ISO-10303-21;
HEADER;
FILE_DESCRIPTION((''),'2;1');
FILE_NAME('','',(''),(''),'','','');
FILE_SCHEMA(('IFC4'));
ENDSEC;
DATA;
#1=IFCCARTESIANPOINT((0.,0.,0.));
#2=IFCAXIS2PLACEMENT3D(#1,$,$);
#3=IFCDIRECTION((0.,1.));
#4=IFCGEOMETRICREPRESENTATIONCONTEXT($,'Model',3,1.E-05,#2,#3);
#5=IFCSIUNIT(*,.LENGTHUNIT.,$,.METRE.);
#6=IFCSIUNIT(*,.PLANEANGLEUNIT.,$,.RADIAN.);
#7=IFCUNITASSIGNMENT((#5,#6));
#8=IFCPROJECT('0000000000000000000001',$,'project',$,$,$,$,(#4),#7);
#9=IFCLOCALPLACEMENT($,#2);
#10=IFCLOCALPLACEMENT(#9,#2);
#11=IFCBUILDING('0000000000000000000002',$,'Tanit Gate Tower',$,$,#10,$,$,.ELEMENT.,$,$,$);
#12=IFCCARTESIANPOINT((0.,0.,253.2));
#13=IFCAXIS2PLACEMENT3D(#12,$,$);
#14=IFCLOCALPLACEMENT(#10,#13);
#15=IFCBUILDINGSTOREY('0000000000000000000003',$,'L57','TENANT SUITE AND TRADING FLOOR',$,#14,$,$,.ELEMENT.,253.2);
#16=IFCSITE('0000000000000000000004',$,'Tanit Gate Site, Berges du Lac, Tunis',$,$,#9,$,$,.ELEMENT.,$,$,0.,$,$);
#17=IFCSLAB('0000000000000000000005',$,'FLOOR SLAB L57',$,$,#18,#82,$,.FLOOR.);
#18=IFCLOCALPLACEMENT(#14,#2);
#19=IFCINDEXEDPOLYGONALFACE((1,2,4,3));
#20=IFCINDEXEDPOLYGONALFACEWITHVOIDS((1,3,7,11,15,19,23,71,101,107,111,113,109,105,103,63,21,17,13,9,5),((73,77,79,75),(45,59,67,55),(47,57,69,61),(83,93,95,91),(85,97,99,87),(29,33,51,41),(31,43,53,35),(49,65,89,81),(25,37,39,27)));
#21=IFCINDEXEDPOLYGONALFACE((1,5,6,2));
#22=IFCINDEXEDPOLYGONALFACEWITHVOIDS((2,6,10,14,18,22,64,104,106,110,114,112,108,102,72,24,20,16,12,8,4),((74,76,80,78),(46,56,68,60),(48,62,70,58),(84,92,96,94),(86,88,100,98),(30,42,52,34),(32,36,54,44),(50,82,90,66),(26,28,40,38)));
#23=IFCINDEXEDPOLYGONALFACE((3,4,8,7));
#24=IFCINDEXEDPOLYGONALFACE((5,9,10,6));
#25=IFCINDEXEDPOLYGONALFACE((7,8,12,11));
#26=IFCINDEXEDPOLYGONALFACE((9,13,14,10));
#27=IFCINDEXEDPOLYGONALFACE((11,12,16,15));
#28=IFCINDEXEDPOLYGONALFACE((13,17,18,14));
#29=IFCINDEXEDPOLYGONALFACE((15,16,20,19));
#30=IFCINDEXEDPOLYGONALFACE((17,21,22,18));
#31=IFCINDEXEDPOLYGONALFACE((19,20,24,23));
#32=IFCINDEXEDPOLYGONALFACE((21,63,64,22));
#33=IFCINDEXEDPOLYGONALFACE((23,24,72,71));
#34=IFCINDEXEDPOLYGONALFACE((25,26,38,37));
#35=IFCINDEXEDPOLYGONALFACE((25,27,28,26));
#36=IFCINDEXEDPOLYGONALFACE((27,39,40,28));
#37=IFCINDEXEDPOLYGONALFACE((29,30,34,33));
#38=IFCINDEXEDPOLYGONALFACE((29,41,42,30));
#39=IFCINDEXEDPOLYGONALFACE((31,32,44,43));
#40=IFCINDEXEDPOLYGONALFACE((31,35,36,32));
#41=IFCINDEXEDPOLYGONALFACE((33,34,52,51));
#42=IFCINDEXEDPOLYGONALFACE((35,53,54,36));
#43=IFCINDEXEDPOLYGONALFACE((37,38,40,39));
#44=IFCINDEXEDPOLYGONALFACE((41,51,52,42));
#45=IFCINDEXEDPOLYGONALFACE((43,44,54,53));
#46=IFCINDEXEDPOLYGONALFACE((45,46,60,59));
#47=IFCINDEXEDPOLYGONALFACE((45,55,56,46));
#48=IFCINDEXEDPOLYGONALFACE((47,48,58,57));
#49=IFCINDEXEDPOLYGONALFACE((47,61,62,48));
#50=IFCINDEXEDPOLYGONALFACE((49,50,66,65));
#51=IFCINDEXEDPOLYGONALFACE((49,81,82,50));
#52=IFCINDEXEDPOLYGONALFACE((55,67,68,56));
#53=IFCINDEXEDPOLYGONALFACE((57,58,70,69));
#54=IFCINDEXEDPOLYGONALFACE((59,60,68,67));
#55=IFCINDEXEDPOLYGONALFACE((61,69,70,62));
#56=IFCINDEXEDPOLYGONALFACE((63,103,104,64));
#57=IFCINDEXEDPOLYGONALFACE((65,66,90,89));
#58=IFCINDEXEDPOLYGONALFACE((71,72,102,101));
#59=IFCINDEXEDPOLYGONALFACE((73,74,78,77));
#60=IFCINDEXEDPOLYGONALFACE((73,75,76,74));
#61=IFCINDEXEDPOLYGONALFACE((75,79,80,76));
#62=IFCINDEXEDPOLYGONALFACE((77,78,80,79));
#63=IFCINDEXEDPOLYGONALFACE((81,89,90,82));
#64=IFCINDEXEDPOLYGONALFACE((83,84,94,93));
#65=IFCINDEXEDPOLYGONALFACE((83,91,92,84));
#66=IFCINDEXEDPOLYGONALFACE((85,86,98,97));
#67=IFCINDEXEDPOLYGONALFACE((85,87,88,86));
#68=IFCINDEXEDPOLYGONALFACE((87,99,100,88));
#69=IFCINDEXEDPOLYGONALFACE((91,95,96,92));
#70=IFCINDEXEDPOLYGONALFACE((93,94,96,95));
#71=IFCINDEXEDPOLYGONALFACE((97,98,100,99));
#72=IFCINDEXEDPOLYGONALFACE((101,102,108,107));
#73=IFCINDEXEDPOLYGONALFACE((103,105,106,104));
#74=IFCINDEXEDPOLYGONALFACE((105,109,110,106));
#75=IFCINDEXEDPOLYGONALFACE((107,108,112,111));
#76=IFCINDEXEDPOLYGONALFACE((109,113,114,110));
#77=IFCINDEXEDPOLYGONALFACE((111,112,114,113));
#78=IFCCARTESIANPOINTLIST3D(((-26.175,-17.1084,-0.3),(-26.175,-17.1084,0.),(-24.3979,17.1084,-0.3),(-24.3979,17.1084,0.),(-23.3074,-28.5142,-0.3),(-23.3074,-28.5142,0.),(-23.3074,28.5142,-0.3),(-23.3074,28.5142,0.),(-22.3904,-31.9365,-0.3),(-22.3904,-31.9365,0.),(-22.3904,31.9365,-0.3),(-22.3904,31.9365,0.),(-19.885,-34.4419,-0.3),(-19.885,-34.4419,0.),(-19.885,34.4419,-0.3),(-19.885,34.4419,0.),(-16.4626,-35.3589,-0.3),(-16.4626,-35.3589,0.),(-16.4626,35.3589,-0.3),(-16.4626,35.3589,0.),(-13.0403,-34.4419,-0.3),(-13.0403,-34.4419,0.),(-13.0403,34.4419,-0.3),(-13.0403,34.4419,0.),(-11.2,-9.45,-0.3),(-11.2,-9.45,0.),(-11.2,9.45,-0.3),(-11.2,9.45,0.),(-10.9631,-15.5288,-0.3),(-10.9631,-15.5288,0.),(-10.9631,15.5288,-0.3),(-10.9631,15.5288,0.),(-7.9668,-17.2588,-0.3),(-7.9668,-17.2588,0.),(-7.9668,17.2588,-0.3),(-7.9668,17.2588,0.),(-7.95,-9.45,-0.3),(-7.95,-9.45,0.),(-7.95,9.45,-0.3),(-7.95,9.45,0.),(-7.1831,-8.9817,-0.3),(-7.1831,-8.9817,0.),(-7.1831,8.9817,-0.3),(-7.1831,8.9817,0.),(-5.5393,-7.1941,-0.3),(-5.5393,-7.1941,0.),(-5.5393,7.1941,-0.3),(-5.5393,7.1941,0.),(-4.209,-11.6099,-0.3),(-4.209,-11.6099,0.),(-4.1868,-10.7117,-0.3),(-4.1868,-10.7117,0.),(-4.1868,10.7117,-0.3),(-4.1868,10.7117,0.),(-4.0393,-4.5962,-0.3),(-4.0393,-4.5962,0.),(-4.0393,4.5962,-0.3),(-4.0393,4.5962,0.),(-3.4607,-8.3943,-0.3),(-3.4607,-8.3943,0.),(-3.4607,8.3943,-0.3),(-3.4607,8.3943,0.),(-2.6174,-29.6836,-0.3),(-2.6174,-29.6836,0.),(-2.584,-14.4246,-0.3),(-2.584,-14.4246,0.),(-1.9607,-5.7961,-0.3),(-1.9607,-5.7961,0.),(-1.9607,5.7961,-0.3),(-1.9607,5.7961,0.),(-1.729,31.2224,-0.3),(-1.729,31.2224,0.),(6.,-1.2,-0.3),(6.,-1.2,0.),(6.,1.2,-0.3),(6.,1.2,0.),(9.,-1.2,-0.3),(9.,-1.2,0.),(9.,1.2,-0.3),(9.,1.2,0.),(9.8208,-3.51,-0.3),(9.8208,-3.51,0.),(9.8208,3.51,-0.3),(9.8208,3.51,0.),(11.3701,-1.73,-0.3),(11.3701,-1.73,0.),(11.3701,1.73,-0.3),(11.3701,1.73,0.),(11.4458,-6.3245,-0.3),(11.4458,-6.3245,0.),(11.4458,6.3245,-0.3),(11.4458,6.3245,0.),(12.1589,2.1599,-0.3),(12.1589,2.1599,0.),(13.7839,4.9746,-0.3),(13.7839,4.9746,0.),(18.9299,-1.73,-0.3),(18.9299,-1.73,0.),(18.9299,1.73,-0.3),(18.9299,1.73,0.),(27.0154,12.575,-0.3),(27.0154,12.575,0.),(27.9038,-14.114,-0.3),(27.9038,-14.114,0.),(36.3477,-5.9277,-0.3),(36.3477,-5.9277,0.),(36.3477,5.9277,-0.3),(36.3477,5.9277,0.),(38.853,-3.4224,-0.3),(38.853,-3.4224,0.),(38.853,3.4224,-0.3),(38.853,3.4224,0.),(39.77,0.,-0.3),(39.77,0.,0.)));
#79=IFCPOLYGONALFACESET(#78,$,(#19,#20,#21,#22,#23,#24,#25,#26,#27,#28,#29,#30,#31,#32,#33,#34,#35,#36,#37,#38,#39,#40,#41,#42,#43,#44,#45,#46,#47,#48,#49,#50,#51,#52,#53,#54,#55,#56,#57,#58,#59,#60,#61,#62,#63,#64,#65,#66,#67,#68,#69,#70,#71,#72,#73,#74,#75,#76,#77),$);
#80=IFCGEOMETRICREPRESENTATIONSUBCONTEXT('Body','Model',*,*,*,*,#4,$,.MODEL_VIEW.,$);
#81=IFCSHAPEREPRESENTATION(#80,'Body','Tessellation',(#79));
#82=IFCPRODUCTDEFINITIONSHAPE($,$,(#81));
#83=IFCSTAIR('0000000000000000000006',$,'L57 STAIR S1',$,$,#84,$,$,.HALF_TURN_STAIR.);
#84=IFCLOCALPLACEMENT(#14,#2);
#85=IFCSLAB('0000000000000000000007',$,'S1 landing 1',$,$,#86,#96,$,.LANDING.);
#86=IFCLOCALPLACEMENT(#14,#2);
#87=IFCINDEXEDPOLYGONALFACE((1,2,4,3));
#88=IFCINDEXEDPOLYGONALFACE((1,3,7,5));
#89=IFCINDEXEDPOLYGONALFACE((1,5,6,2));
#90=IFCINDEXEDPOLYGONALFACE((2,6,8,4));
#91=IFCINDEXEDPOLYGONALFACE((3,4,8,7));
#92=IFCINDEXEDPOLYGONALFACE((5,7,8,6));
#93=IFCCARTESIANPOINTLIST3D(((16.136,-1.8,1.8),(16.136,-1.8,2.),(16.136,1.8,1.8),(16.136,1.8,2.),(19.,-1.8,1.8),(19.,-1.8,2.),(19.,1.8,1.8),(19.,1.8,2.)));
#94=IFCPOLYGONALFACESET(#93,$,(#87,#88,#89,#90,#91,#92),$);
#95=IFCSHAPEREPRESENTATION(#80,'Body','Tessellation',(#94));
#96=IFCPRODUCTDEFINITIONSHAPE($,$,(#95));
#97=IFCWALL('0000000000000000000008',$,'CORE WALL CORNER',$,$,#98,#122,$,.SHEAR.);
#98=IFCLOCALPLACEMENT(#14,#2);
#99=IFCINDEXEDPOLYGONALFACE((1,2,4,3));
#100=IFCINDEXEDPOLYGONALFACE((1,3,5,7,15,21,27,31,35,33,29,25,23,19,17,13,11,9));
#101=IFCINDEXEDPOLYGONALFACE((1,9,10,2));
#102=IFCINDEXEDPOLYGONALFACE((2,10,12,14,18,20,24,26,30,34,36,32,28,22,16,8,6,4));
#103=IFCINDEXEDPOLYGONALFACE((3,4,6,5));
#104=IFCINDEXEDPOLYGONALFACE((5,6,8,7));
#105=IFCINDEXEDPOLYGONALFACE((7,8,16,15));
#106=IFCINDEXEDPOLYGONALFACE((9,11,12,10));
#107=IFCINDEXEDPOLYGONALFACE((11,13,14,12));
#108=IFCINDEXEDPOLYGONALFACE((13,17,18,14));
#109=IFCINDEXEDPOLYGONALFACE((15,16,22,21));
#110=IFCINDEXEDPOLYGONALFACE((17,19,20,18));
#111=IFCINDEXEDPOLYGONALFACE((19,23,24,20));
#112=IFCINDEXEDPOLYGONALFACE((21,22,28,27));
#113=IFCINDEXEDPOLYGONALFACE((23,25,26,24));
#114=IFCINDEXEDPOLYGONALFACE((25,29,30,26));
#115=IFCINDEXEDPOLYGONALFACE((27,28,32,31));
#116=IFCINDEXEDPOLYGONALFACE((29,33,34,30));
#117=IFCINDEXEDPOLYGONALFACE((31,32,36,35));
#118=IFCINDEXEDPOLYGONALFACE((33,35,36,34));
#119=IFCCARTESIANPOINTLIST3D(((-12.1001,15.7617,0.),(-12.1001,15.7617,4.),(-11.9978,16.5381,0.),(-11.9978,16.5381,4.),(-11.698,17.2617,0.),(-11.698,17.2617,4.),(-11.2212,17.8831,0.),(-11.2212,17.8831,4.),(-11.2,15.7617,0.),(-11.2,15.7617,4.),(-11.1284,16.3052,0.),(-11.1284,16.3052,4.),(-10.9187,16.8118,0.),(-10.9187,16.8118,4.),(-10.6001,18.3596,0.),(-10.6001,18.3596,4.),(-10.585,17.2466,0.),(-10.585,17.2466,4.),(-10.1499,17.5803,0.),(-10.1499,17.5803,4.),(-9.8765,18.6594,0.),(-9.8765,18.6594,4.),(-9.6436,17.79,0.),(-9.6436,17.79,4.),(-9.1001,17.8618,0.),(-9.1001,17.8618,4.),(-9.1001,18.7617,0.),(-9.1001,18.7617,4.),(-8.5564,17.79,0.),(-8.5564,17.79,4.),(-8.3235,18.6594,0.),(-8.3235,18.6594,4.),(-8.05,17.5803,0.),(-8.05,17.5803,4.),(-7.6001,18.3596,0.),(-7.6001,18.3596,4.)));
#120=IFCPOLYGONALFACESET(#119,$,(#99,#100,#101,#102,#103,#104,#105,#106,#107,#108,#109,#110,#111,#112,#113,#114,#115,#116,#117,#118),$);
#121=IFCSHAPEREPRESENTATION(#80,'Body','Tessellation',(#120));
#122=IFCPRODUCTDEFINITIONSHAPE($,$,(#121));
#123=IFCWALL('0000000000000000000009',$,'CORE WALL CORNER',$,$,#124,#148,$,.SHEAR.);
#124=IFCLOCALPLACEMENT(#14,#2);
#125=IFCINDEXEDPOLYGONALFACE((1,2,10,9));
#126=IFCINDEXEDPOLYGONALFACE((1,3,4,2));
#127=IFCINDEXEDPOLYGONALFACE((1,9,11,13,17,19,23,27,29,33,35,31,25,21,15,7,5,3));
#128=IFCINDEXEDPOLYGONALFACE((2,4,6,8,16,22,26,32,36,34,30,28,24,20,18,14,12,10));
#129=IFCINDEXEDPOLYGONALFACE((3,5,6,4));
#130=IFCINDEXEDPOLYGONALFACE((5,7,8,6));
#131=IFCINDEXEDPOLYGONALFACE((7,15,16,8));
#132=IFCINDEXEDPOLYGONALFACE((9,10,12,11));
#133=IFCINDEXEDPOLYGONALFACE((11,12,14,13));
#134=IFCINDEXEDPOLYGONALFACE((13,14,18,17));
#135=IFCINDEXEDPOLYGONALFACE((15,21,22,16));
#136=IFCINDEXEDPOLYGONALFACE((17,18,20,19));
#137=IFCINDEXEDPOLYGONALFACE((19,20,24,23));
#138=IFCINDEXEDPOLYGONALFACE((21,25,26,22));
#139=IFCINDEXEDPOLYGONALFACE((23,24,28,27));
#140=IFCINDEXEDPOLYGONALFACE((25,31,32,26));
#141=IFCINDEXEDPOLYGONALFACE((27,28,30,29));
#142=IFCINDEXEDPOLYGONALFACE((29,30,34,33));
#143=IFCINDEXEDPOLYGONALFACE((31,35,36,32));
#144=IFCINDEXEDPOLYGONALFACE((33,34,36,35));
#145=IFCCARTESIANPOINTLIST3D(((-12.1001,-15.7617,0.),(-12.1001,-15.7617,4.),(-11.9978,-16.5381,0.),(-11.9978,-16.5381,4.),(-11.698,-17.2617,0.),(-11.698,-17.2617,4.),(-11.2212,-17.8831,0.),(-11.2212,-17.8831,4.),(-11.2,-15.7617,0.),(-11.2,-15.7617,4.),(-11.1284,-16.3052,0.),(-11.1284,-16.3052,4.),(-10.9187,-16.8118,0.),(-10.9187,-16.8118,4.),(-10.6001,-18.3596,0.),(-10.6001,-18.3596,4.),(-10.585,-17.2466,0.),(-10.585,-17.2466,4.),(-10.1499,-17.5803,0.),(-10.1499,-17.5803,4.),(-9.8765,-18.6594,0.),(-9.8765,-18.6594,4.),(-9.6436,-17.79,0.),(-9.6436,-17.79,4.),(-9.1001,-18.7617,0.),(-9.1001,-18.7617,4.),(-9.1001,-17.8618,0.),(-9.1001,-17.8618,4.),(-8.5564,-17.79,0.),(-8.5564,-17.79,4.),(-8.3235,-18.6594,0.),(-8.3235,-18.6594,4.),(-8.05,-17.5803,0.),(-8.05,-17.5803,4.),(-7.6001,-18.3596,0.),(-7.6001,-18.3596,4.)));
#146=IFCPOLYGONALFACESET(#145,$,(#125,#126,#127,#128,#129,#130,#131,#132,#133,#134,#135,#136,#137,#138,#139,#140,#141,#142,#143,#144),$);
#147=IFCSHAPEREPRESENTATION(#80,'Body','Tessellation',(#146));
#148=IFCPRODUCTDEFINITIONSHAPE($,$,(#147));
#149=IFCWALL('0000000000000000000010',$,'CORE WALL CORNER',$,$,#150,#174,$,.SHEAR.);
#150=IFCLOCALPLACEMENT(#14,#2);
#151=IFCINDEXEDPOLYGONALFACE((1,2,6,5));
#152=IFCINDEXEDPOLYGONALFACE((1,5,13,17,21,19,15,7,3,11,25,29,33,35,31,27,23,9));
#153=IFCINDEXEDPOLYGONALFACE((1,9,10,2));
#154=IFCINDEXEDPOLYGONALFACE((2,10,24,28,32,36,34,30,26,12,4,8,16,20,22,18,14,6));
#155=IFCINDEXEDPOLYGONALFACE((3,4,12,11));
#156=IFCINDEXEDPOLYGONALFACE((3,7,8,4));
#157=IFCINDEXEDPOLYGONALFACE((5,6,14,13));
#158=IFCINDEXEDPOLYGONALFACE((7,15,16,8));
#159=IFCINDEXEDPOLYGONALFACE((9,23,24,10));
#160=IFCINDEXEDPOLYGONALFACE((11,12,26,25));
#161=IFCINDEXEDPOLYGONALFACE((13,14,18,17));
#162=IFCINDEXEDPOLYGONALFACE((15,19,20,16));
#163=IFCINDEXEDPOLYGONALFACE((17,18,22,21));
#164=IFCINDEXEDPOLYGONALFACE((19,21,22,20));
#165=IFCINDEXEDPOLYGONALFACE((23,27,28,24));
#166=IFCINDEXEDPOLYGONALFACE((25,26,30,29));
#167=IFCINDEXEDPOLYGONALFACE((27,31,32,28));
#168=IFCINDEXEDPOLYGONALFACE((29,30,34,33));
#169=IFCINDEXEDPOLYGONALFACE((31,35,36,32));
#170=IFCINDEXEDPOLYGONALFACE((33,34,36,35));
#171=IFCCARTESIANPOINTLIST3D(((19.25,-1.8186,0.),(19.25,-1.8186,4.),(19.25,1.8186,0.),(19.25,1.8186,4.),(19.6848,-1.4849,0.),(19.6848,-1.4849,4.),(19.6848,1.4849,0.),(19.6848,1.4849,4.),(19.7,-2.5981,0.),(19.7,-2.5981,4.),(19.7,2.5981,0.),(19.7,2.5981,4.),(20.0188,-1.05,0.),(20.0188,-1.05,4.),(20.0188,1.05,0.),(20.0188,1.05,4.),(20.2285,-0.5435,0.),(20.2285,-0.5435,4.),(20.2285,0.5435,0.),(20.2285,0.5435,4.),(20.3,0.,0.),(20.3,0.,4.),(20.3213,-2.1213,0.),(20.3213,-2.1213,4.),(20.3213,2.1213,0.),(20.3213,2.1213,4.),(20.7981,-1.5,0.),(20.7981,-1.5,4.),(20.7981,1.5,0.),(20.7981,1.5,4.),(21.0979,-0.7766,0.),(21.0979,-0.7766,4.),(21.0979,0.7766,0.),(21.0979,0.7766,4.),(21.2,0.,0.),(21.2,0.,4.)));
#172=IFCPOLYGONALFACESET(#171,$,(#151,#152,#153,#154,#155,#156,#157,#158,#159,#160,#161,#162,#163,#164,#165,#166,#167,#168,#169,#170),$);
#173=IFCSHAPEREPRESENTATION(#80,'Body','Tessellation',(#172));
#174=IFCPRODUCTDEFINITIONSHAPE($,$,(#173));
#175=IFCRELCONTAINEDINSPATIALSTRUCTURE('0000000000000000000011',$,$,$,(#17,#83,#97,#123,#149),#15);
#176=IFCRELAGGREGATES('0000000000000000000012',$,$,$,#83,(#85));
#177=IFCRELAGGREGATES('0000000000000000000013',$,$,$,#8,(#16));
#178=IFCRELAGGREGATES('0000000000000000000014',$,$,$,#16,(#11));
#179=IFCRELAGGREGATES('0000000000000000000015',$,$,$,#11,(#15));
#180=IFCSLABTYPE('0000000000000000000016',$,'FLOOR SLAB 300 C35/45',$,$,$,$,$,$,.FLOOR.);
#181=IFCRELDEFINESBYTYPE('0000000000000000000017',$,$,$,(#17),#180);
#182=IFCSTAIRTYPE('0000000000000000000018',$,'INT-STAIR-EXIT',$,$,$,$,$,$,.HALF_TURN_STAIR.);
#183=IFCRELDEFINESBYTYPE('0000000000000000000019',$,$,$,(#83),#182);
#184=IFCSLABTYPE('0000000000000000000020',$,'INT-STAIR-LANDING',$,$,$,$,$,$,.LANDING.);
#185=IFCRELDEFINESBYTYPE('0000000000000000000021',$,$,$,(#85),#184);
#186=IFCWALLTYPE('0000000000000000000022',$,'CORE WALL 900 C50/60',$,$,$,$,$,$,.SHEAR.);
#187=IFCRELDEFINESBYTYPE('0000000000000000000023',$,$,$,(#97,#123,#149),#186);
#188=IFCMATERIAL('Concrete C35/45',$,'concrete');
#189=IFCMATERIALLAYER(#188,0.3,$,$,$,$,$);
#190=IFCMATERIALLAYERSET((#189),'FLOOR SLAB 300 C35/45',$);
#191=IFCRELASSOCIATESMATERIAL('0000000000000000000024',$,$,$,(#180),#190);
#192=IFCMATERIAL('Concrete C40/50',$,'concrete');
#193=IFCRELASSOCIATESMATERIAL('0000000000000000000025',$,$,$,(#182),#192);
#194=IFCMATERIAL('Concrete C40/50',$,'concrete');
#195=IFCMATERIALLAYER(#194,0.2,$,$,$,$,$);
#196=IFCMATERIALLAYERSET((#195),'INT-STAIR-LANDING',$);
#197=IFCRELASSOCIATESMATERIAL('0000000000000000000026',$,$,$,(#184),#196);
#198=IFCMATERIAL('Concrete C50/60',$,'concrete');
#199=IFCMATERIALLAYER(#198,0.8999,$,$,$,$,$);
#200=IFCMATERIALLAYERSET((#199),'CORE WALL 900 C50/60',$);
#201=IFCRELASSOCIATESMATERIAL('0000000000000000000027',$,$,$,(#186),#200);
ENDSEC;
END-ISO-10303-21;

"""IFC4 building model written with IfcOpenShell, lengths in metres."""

from ifc_helpers import new_model, si_unit, direction, frame, origin, place, context, subcontext, project, spatial, polyline, outline, extrude, material, layer, layer_set, type_object, element, aggregate, save


model = new_model("IFC4")

# Units and contexts
model_context = context("Model", 3, precision=1e-05, world=origin(), true_north=direction((0.0, 1.0)))
body_context = subcontext(model_context, "Body", "Model", "MODEL_VIEW")
ifc_project = project(units=[si_unit("LENGTHUNIT", "METRE"), si_unit("PLANEANGLEUNIT", "RADIAN")], contexts=[model_context])

# Site, building, storey
site_placement = place(None, origin())
site = spatial("IfcSite", under=ifc_project, at=site_placement, Name="Tanit Gate Site, Berges du Lac, Tunis", CompositionType="ELEMENT", RefElevation=0.0)
building_placement = place(site_placement, origin())
building = spatial("IfcBuilding", under=site, at=building_placement, Name="Tanit Gate Tower", CompositionType="ELEMENT")
storey_placement = place(building_placement, frame((0.0, 0.0, 253.2)))
storey = spatial("IfcBuildingStorey", under=building, at=storey_placement, Name="L57", Description="TENANT SUITE AND TRADING FLOOR", CompositionType="ELEMENT", Elevation=253.2)

# Slab
ifc_material_1 = material(Name="Concrete C35/45", Category="concrete")
ifc_layer_1 = layer(ifc_material_1, 0.3)
ifc_layer_set_1 = layer_set([ifc_layer_1], Name="FLOOR SLAB 300 C35/45")
slab_type_1 = type_object("IfcSlabType", Name="FLOOR SLAB 300 C35/45", PredefinedType="FLOOR", material=ifc_layer_set_1)
slab_1_placement = place(storey_placement, frame((0.0, 0.0, -0.3)))
element("IfcSlab", 1, at=slab_1_placement, inside=storey, type_object=slab_type_1, Name="FLOOR SLAB L57", PredefinedType="FLOOR", context=body_context, shape_type="SweptSolid", body=[
    extrude(outline(polyline([(36.3477, 5.9277), (38.853, 3.4224), (39.77, 0.0), (38.853, -3.4224), (36.3477, -5.9277), (27.9038, -14.114), (-2.6174, -29.6836), (-13.0403, -34.4419), (-16.4626, -35.3589), (-19.885, -34.4419), (-22.3904, -31.9365), (-23.3074, -28.5142), (-26.175, -17.1084), (-24.3979, 17.1084), (-23.3074, 28.5142), (-22.3904, 31.9365), (-19.885, 34.4419), (-16.4626, 35.3589), (-13.0403, 34.4419), (-1.729, 31.2224), (27.0154, 12.575), (36.3477, 5.9277)]), holes=[polyline([(11.3701, 1.73), (18.9299, 1.73), (18.9299, -1.73), (11.3701, -1.73), (11.3701, 1.73)]), polyline([(9.8208, 3.51), (11.4458, 6.3245), (13.7839, 4.9746), (12.1589, 2.1599), (9.8208, 3.51)]), polyline([(-4.209, -11.6099), (9.8208, -3.51), (11.4458, -6.3245), (-2.584, -14.4246), (-4.209, -11.6099)]), polyline([(6.0, 1.2), (9.0, 1.2), (9.0, -1.2), (6.0, -1.2), (6.0, 1.2)]), polyline([(-5.5393, 7.1941), (-3.4607, 8.3943), (-1.9607, 5.7961), (-4.0393, 4.5962), (-5.5393, 7.1941)]), polyline([(-1.9607, -5.7961), (-3.4607, -8.3943), (-5.5393, -7.1941), (-4.0393, -4.5962), (-1.9607, -5.7961)]), polyline([(-10.9631, 15.5288), (-7.9668, 17.2588), (-4.1868, 10.7117), (-7.1831, 8.9817), (-10.9631, 15.5288)]), polyline([(-4.1868, -10.7117), (-7.9668, -17.2588), (-10.9631, -15.5288), (-7.1831, -8.9817), (-4.1868, -10.7117)]), polyline([(-11.2, -9.45), (-11.2, 9.45), (-7.95, 9.45), (-7.95, -9.45), (-11.2, -9.45)])]), origin(), (0.0, 0.0, 1.0), 0.3),
])

# Stair, slab
ifc_material_2 = material(Name="Concrete C40/50", Category="concrete")
stair_type = type_object("IfcStairType", Name="INT-STAIR-EXIT", PredefinedType="HALF_TURN_STAIR", material=ifc_material_2)
stair_placement = place(storey_placement, origin())
stair = element("IfcStair", 2, at=stair_placement, inside=storey, type_object=stair_type, Name="L57 STAIR S1", PredefinedType="HALF_TURN_STAIR")
ifc_material_3 = material(Name="Concrete C40/50", Category="concrete")
ifc_layer_2 = layer(ifc_material_3, 0.2)
ifc_layer_set_2 = layer_set([ifc_layer_2], Name="INT-STAIR-LANDING")
slab_type_2 = type_object("IfcSlabType", Name="INT-STAIR-LANDING", PredefinedType="LANDING", material=ifc_layer_set_2)
slab_2_placement = place(storey_placement, frame((0.0, 0.0, 1.8)))
slab_2 = element("IfcSlab", 3, at=slab_2_placement, type_object=slab_type_2, Name="S1 landing 1", PredefinedType="LANDING", context=body_context, shape_type="SweptSolid", body=[
    extrude(outline(polyline([(16.136, -1.8), (19.0, -1.8), (19.0, 1.8), (16.136, 1.8), (16.136, -1.8)])), origin(), (0.0, 0.0, 1.0), 0.2),
])
aggregate(stair, [slab_2])

# Walls
ifc_material_4 = material(Name="Concrete C50/60", Category="concrete")
ifc_layer_3 = layer(ifc_material_4, 0.8999)
ifc_layer_set_3 = layer_set([ifc_layer_3], Name="CORE WALL 900 C50/60")
wall_type_1 = type_object("IfcWallType", Name="CORE WALL 900 C50/60", PredefinedType="SHEAR", material=ifc_layer_set_3)
wall_1_placement = place(storey_placement, origin())
element("IfcWall", 4, at=wall_1_placement, inside=storey, type_object=wall_type_1, Name="CORE WALL CORNER", PredefinedType="SHEAR", context=body_context, shape_type="SweptSolid", body=[
    extrude(outline(polyline([(-7.6001, 18.3596), (-8.3235, 18.6594), (-9.1001, 18.7617), (-9.8765, 18.6594), (-10.6001, 18.3596), (-11.2212, 17.8831), (-11.698, 17.2617), (-11.9978, 16.5381), (-12.1001, 15.7617), (-11.2, 15.7617), (-11.1284, 16.3052), (-10.9187, 16.8118), (-10.585, 17.2466), (-10.1499, 17.5803), (-9.6436, 17.79), (-9.1001, 17.8618), (-8.5564, 17.79), (-8.05, 17.5803), (-7.6001, 18.3596)])), origin(), (0.0, 0.0, 1.0), 4.0),
])
wall_2_placement = place(storey_placement, origin())
element("IfcWall", 5, at=wall_2_placement, inside=storey, type_object=wall_type_1, Name="CORE WALL CORNER", PredefinedType="SHEAR", context=body_context, shape_type="SweptSolid", body=[
    extrude(outline(polyline([(-12.1001, -15.7617), (-11.9978, -16.5381), (-11.698, -17.2617), (-11.2212, -17.8831), (-10.6001, -18.3596), (-9.8765, -18.6594), (-9.1001, -18.7617), (-8.3235, -18.6594), (-7.6001, -18.3596), (-8.05, -17.5803), (-8.5564, -17.79), (-9.1001, -17.8618), (-9.6436, -17.79), (-10.1499, -17.5803), (-10.585, -17.2466), (-10.9187, -16.8118), (-11.1284, -16.3052), (-11.2, -15.7617), (-12.1001, -15.7617)])), origin(), (0.0, 0.0, 1.0), 4.0),
])
wall_3_placement = place(storey_placement, origin())
element("IfcWall", 6, at=wall_3_placement, inside=storey, type_object=wall_type_1, Name="CORE WALL CORNER", PredefinedType="SHEAR", context=body_context, shape_type="SweptSolid", body=[
    extrude(outline(polyline([(19.7, -2.5981), (20.3213, -2.1213), (20.7981, -1.5), (21.0979, -0.7766), (21.2, 0.0), (21.0979, 0.7766), (20.7981, 1.5), (20.3213, 2.1213), (19.7, 2.5981), (19.25, 1.8186), (19.6848, 1.4849), (20.0188, 1.05), (20.2285, 0.5435), (20.3, 0.0), (20.2285, -0.5435), (20.0188, -1.05), (19.6848, -1.4849), (19.25, -1.8186), (19.7, -2.5981)])), origin(), (0.0, 0.0, 1.0), 4.0),
])

save(model, "model.ifc")
